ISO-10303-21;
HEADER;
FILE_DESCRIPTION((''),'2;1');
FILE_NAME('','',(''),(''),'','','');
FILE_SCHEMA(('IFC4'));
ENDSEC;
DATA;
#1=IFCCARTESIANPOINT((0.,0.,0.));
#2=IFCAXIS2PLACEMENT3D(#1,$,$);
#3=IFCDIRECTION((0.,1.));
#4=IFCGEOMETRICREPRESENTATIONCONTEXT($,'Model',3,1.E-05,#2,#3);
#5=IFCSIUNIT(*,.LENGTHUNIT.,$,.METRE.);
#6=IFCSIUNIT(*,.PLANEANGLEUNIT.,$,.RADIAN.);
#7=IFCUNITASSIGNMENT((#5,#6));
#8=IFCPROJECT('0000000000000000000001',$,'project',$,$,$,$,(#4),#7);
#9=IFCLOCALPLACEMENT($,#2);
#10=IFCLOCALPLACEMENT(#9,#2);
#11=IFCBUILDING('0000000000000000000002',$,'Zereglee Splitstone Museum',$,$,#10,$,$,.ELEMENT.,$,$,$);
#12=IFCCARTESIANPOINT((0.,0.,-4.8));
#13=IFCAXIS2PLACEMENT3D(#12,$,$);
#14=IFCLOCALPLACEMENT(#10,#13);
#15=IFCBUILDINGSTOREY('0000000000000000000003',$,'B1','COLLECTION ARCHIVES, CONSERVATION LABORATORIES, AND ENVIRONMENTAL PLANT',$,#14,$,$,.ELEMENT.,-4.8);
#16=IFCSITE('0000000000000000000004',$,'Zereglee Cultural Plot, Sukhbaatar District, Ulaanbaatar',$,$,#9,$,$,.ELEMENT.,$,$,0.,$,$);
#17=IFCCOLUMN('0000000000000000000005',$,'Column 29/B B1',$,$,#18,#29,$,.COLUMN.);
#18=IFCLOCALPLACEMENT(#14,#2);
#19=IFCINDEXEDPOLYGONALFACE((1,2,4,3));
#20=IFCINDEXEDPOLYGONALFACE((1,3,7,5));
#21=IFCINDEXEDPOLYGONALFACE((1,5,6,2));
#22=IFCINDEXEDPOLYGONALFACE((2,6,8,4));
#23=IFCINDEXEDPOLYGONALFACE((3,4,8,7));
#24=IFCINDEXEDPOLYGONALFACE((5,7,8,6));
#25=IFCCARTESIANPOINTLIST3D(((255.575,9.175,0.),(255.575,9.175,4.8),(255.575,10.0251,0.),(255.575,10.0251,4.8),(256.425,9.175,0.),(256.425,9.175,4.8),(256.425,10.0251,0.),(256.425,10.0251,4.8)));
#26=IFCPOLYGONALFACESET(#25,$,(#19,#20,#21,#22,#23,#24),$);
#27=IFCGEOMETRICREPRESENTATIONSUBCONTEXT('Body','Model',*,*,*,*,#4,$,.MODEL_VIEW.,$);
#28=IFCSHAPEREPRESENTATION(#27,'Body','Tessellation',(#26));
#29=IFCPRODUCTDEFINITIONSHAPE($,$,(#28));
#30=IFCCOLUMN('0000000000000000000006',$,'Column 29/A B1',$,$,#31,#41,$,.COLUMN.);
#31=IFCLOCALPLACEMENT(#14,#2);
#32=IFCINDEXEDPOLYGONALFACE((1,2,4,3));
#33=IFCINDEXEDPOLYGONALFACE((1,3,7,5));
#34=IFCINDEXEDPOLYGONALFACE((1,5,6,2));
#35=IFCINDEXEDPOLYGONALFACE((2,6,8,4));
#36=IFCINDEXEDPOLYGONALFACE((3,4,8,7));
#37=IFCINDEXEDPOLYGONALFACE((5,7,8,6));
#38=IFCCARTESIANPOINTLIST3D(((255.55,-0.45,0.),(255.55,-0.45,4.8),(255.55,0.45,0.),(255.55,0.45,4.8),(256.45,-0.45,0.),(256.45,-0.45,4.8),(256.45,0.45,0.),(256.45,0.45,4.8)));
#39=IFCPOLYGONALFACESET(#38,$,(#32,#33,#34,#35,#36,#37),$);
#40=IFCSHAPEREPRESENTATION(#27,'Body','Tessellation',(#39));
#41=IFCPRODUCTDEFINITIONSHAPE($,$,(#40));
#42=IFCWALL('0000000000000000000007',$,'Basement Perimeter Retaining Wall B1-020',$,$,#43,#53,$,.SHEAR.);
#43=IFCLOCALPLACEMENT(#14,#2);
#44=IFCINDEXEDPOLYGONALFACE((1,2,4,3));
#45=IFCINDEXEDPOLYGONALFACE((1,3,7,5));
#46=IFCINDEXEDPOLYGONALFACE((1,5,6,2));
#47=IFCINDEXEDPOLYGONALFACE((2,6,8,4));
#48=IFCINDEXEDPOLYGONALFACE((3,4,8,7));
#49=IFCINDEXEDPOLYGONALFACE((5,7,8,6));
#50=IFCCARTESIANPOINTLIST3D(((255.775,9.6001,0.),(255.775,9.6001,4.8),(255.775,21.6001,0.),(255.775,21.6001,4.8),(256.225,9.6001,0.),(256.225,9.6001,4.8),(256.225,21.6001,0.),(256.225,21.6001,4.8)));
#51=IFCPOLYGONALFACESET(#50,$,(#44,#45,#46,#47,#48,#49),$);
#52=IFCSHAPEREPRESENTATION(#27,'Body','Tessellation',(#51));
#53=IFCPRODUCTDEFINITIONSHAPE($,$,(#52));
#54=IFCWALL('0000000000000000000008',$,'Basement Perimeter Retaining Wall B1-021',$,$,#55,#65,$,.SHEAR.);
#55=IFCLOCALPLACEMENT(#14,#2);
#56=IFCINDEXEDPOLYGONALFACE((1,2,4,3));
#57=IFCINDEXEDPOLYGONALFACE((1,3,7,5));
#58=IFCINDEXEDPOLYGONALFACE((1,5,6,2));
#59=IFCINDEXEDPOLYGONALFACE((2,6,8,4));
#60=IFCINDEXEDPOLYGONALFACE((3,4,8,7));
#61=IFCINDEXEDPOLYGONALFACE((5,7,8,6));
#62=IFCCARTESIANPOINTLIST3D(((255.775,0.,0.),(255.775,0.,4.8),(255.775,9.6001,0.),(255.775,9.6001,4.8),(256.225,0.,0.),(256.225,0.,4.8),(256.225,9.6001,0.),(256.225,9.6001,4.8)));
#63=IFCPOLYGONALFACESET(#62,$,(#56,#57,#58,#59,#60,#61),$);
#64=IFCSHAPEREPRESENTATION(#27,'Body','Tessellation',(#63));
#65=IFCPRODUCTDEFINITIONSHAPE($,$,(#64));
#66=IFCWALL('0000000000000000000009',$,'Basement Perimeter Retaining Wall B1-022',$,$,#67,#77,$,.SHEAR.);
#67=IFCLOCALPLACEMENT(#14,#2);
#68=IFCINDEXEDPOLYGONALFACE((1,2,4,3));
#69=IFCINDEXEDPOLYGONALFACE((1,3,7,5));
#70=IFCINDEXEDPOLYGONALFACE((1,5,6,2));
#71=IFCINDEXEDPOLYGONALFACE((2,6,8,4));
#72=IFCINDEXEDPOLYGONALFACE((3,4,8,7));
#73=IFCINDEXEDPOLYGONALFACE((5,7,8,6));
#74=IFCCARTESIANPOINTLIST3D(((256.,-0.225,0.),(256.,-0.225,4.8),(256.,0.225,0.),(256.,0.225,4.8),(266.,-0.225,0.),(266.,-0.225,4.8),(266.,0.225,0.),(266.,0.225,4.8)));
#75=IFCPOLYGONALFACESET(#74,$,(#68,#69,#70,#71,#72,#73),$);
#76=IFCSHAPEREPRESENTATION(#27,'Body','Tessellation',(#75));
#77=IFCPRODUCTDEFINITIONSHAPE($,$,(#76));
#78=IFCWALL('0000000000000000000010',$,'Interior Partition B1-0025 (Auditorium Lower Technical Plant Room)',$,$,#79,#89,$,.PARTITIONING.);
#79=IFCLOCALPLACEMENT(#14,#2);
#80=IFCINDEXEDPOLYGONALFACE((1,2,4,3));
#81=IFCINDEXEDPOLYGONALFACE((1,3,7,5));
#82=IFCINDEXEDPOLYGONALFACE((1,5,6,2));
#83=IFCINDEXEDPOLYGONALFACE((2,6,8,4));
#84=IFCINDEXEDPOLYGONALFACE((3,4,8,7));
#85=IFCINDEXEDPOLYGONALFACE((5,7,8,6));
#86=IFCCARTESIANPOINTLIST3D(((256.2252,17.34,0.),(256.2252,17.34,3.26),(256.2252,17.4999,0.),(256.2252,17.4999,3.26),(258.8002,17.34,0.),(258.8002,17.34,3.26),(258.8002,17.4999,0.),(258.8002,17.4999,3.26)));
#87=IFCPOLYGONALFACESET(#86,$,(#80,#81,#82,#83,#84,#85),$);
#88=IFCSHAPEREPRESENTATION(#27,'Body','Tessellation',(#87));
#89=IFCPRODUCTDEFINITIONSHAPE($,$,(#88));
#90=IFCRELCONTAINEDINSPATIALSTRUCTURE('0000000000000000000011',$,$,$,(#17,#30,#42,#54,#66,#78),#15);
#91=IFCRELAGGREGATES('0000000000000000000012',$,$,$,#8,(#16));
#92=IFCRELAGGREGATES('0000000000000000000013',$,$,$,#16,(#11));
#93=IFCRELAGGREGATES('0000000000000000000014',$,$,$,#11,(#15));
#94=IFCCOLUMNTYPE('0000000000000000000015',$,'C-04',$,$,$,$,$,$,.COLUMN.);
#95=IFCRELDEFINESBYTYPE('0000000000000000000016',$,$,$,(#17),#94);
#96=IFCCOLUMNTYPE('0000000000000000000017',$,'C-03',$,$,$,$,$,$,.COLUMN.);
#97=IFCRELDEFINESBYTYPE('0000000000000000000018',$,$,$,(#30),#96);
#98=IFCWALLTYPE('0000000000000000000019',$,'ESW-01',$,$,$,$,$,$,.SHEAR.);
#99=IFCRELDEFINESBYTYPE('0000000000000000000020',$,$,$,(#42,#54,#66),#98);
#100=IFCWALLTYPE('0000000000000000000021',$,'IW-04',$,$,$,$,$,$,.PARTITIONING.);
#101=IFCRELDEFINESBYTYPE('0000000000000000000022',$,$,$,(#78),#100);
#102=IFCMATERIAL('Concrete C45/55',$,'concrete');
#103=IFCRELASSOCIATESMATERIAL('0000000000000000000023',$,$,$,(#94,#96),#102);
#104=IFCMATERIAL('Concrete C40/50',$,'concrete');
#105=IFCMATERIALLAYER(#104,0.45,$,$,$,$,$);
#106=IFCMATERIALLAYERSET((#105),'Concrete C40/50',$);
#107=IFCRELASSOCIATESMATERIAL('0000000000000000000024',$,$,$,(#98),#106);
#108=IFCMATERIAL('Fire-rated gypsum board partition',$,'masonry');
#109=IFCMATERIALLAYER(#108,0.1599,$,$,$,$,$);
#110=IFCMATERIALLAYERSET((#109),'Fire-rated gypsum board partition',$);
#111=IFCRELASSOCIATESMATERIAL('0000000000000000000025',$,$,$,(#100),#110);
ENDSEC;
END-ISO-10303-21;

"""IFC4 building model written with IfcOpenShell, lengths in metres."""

from ifc_helpers import new_model, si_unit, direction, frame, frame_2d, origin, origin_2d, place, context, subcontext, project, spatial, rectangle, extrude, material, layer, layer_set, material_profile, profile_set, type_object, element, save


model = new_model("IFC4")

# Units and contexts
model_context = context("Model", 3, precision=1e-05, world=origin(), true_north=direction((0.0, 1.0)))
body_context = subcontext(model_context, "Body", "Model", "MODEL_VIEW")
ifc_project = project(units=[si_unit("LENGTHUNIT", "METRE"), si_unit("PLANEANGLEUNIT", "RADIAN")], contexts=[model_context])

# Site, building, storey
site_placement = place(None, origin())
site = spatial("IfcSite", under=ifc_project, at=site_placement, Name="Zereglee Cultural Plot, Sukhbaatar District, Ulaanbaatar", CompositionType="ELEMENT", RefElevation=0.0)
building_placement = place(site_placement, origin())
building = spatial("IfcBuilding", under=site, at=building_placement, Name="Zereglee Splitstone Museum", CompositionType="ELEMENT")
storey_placement = place(building_placement, frame((0.0, 0.0, -4.8)))
storey = spatial("IfcBuildingStorey", under=building, at=storey_placement, Name="B1", Description="COLLECTION ARCHIVES, CONSERVATION LABORATORIES, AND ENVIRONMENTAL PLANT", CompositionType="ELEMENT", Elevation=-4.8)

# Shared definitions
ifc_material_1 = material(Name="Concrete C40/50", Category="concrete")

# Columns
ifc_material_2 = material(Name="Concrete C45/55", Category="concrete")
ifc_material_profile_1 = material_profile(ifc_material_2, rectangle(XDim=0.8501, YDim=0.8501, at=origin_2d()), Name="RC 850x850")
ifc_profile_set_1 = profile_set([ifc_material_profile_1], Name="Concrete C45/55")
column_type_1 = type_object("IfcColumnType", Name="C-04", PredefinedType="COLUMN", material=ifc_profile_set_1)
column_1_placement = place(storey_placement, frame((256.0, 9.6001, 0.0), z_axis=(0.0, 0.0, 1.0), x_axis=(1.0, 0.0, 0.0)))
element("IfcColumn", 1, at=column_1_placement, inside=storey, type_object=column_type_1, Name="Column 29/B B1", PredefinedType="COLUMN", context=body_context, shape_type="SweptSolid", body=[
    extrude(rectangle(XDim=0.8501, YDim=0.8501, at=origin_2d()), origin(), (0.0, 0.0, 1.0), 4.8),
])
ifc_material_profile_2 = material_profile(ifc_material_2, rectangle(XDim=0.8999, YDim=0.8999, at=origin_2d()), Name="RC 900x900")
ifc_profile_set_2 = profile_set([ifc_material_profile_2], Name="Concrete C45/55")
column_type_2 = type_object("IfcColumnType", Name="C-03", PredefinedType="COLUMN", material=ifc_profile_set_2)
column_2_placement = place(storey_placement, frame((256.0, 0.0, 0.0), z_axis=(0.0, 0.0, 1.0), x_axis=(1.0, 0.0, 0.0)))
element("IfcColumn", 2, at=column_2_placement, inside=storey, type_object=column_type_2, Name="Column 29/A B1", PredefinedType="COLUMN", context=body_context, shape_type="SweptSolid", body=[
    extrude(rectangle(XDim=0.8999, YDim=0.8999, at=origin_2d()), origin(), (0.0, 0.0, 1.0), 4.8),
])

# Walls
ifc_layer_1 = layer(ifc_material_1, 0.45)
ifc_layer_set_1 = layer_set([ifc_layer_1], Name="Concrete C40/50")
wall_type_1 = type_object("IfcWallType", Name="ESW-01", PredefinedType="SHEAR", material=ifc_layer_set_1)
wall_1_placement = place(storey_placement, frame((256.0, 21.6001, 0.0), z_axis=(0.0, 0.0, 1.0), x_axis=(0.0, -1.0, 0.0)))
element("IfcWall", 3, at=wall_1_placement, inside=storey, type_object=wall_type_1, Name="Basement Perimeter Retaining Wall B1-020", PredefinedType="SHEAR", context=body_context, shape_type="SweptSolid", body=[
    extrude(rectangle(XDim=12.0, YDim=0.45, at=frame_2d((6.0, 0.0))), origin(), (0.0, 0.0, 1.0), 4.8),
])
wall_2_placement = place(storey_placement, frame((256.0, 9.6001, 0.0), z_axis=(0.0, 0.0, 1.0), x_axis=(0.0, -1.0, 0.0)))
element("IfcWall", 4, at=wall_2_placement, inside=storey, type_object=wall_type_1, Name="Basement Perimeter Retaining Wall B1-021", PredefinedType="SHEAR", context=body_context, shape_type="SweptSolid", body=[
    extrude(rectangle(XDim=9.6001, YDim=0.45, at=frame_2d((4.8, 0.0))), origin(), (0.0, 0.0, 1.0), 4.8),
])
wall_3_placement = place(storey_placement, frame((256.0, 0.0, 0.0), z_axis=(0.0, 0.0, 1.0), x_axis=(1.0, 0.0, 0.0)))
element("IfcWall", 5, at=wall_3_placement, inside=storey, type_object=wall_type_1, Name="Basement Perimeter Retaining Wall B1-022", PredefinedType="SHEAR", context=body_context, shape_type="SweptSolid", body=[
    extrude(rectangle(XDim=10.0, YDim=0.45, at=frame_2d((5.0, 0.0))), origin(), (0.0, 0.0, 1.0), 4.8),
])
ifc_material_3 = material(Name="Fire-rated gypsum board partition", Category="masonry")
ifc_layer_2 = layer(ifc_material_3, 0.1599)
ifc_layer_set_2 = layer_set([ifc_layer_2], Name="Fire-rated gypsum board partition")
wall_type_2 = type_object("IfcWallType", Name="IW-04", PredefinedType="PARTITIONING", material=ifc_layer_set_2)
wall_4_placement = place(storey_placement, frame((256.2251, 17.4199, 0.0), z_axis=(0.0, 0.0, 1.0), x_axis=(1.0, 0.0, 0.0)))
element("IfcWall", 6, at=wall_4_placement, inside=storey, type_object=wall_type_2, Name="Interior Partition B1-0025 (Auditorium Lower Technical Plant Room)", PredefinedType="PARTITIONING", context=body_context, shape_type="SweptSolid", body=[
    extrude(rectangle(XDim=2.575, YDim=0.1599, at=frame_2d((1.2876, 0.0))), origin(), (0.0, 0.0, 1.0), 3.26),
])

save(model, "model.ifc")
